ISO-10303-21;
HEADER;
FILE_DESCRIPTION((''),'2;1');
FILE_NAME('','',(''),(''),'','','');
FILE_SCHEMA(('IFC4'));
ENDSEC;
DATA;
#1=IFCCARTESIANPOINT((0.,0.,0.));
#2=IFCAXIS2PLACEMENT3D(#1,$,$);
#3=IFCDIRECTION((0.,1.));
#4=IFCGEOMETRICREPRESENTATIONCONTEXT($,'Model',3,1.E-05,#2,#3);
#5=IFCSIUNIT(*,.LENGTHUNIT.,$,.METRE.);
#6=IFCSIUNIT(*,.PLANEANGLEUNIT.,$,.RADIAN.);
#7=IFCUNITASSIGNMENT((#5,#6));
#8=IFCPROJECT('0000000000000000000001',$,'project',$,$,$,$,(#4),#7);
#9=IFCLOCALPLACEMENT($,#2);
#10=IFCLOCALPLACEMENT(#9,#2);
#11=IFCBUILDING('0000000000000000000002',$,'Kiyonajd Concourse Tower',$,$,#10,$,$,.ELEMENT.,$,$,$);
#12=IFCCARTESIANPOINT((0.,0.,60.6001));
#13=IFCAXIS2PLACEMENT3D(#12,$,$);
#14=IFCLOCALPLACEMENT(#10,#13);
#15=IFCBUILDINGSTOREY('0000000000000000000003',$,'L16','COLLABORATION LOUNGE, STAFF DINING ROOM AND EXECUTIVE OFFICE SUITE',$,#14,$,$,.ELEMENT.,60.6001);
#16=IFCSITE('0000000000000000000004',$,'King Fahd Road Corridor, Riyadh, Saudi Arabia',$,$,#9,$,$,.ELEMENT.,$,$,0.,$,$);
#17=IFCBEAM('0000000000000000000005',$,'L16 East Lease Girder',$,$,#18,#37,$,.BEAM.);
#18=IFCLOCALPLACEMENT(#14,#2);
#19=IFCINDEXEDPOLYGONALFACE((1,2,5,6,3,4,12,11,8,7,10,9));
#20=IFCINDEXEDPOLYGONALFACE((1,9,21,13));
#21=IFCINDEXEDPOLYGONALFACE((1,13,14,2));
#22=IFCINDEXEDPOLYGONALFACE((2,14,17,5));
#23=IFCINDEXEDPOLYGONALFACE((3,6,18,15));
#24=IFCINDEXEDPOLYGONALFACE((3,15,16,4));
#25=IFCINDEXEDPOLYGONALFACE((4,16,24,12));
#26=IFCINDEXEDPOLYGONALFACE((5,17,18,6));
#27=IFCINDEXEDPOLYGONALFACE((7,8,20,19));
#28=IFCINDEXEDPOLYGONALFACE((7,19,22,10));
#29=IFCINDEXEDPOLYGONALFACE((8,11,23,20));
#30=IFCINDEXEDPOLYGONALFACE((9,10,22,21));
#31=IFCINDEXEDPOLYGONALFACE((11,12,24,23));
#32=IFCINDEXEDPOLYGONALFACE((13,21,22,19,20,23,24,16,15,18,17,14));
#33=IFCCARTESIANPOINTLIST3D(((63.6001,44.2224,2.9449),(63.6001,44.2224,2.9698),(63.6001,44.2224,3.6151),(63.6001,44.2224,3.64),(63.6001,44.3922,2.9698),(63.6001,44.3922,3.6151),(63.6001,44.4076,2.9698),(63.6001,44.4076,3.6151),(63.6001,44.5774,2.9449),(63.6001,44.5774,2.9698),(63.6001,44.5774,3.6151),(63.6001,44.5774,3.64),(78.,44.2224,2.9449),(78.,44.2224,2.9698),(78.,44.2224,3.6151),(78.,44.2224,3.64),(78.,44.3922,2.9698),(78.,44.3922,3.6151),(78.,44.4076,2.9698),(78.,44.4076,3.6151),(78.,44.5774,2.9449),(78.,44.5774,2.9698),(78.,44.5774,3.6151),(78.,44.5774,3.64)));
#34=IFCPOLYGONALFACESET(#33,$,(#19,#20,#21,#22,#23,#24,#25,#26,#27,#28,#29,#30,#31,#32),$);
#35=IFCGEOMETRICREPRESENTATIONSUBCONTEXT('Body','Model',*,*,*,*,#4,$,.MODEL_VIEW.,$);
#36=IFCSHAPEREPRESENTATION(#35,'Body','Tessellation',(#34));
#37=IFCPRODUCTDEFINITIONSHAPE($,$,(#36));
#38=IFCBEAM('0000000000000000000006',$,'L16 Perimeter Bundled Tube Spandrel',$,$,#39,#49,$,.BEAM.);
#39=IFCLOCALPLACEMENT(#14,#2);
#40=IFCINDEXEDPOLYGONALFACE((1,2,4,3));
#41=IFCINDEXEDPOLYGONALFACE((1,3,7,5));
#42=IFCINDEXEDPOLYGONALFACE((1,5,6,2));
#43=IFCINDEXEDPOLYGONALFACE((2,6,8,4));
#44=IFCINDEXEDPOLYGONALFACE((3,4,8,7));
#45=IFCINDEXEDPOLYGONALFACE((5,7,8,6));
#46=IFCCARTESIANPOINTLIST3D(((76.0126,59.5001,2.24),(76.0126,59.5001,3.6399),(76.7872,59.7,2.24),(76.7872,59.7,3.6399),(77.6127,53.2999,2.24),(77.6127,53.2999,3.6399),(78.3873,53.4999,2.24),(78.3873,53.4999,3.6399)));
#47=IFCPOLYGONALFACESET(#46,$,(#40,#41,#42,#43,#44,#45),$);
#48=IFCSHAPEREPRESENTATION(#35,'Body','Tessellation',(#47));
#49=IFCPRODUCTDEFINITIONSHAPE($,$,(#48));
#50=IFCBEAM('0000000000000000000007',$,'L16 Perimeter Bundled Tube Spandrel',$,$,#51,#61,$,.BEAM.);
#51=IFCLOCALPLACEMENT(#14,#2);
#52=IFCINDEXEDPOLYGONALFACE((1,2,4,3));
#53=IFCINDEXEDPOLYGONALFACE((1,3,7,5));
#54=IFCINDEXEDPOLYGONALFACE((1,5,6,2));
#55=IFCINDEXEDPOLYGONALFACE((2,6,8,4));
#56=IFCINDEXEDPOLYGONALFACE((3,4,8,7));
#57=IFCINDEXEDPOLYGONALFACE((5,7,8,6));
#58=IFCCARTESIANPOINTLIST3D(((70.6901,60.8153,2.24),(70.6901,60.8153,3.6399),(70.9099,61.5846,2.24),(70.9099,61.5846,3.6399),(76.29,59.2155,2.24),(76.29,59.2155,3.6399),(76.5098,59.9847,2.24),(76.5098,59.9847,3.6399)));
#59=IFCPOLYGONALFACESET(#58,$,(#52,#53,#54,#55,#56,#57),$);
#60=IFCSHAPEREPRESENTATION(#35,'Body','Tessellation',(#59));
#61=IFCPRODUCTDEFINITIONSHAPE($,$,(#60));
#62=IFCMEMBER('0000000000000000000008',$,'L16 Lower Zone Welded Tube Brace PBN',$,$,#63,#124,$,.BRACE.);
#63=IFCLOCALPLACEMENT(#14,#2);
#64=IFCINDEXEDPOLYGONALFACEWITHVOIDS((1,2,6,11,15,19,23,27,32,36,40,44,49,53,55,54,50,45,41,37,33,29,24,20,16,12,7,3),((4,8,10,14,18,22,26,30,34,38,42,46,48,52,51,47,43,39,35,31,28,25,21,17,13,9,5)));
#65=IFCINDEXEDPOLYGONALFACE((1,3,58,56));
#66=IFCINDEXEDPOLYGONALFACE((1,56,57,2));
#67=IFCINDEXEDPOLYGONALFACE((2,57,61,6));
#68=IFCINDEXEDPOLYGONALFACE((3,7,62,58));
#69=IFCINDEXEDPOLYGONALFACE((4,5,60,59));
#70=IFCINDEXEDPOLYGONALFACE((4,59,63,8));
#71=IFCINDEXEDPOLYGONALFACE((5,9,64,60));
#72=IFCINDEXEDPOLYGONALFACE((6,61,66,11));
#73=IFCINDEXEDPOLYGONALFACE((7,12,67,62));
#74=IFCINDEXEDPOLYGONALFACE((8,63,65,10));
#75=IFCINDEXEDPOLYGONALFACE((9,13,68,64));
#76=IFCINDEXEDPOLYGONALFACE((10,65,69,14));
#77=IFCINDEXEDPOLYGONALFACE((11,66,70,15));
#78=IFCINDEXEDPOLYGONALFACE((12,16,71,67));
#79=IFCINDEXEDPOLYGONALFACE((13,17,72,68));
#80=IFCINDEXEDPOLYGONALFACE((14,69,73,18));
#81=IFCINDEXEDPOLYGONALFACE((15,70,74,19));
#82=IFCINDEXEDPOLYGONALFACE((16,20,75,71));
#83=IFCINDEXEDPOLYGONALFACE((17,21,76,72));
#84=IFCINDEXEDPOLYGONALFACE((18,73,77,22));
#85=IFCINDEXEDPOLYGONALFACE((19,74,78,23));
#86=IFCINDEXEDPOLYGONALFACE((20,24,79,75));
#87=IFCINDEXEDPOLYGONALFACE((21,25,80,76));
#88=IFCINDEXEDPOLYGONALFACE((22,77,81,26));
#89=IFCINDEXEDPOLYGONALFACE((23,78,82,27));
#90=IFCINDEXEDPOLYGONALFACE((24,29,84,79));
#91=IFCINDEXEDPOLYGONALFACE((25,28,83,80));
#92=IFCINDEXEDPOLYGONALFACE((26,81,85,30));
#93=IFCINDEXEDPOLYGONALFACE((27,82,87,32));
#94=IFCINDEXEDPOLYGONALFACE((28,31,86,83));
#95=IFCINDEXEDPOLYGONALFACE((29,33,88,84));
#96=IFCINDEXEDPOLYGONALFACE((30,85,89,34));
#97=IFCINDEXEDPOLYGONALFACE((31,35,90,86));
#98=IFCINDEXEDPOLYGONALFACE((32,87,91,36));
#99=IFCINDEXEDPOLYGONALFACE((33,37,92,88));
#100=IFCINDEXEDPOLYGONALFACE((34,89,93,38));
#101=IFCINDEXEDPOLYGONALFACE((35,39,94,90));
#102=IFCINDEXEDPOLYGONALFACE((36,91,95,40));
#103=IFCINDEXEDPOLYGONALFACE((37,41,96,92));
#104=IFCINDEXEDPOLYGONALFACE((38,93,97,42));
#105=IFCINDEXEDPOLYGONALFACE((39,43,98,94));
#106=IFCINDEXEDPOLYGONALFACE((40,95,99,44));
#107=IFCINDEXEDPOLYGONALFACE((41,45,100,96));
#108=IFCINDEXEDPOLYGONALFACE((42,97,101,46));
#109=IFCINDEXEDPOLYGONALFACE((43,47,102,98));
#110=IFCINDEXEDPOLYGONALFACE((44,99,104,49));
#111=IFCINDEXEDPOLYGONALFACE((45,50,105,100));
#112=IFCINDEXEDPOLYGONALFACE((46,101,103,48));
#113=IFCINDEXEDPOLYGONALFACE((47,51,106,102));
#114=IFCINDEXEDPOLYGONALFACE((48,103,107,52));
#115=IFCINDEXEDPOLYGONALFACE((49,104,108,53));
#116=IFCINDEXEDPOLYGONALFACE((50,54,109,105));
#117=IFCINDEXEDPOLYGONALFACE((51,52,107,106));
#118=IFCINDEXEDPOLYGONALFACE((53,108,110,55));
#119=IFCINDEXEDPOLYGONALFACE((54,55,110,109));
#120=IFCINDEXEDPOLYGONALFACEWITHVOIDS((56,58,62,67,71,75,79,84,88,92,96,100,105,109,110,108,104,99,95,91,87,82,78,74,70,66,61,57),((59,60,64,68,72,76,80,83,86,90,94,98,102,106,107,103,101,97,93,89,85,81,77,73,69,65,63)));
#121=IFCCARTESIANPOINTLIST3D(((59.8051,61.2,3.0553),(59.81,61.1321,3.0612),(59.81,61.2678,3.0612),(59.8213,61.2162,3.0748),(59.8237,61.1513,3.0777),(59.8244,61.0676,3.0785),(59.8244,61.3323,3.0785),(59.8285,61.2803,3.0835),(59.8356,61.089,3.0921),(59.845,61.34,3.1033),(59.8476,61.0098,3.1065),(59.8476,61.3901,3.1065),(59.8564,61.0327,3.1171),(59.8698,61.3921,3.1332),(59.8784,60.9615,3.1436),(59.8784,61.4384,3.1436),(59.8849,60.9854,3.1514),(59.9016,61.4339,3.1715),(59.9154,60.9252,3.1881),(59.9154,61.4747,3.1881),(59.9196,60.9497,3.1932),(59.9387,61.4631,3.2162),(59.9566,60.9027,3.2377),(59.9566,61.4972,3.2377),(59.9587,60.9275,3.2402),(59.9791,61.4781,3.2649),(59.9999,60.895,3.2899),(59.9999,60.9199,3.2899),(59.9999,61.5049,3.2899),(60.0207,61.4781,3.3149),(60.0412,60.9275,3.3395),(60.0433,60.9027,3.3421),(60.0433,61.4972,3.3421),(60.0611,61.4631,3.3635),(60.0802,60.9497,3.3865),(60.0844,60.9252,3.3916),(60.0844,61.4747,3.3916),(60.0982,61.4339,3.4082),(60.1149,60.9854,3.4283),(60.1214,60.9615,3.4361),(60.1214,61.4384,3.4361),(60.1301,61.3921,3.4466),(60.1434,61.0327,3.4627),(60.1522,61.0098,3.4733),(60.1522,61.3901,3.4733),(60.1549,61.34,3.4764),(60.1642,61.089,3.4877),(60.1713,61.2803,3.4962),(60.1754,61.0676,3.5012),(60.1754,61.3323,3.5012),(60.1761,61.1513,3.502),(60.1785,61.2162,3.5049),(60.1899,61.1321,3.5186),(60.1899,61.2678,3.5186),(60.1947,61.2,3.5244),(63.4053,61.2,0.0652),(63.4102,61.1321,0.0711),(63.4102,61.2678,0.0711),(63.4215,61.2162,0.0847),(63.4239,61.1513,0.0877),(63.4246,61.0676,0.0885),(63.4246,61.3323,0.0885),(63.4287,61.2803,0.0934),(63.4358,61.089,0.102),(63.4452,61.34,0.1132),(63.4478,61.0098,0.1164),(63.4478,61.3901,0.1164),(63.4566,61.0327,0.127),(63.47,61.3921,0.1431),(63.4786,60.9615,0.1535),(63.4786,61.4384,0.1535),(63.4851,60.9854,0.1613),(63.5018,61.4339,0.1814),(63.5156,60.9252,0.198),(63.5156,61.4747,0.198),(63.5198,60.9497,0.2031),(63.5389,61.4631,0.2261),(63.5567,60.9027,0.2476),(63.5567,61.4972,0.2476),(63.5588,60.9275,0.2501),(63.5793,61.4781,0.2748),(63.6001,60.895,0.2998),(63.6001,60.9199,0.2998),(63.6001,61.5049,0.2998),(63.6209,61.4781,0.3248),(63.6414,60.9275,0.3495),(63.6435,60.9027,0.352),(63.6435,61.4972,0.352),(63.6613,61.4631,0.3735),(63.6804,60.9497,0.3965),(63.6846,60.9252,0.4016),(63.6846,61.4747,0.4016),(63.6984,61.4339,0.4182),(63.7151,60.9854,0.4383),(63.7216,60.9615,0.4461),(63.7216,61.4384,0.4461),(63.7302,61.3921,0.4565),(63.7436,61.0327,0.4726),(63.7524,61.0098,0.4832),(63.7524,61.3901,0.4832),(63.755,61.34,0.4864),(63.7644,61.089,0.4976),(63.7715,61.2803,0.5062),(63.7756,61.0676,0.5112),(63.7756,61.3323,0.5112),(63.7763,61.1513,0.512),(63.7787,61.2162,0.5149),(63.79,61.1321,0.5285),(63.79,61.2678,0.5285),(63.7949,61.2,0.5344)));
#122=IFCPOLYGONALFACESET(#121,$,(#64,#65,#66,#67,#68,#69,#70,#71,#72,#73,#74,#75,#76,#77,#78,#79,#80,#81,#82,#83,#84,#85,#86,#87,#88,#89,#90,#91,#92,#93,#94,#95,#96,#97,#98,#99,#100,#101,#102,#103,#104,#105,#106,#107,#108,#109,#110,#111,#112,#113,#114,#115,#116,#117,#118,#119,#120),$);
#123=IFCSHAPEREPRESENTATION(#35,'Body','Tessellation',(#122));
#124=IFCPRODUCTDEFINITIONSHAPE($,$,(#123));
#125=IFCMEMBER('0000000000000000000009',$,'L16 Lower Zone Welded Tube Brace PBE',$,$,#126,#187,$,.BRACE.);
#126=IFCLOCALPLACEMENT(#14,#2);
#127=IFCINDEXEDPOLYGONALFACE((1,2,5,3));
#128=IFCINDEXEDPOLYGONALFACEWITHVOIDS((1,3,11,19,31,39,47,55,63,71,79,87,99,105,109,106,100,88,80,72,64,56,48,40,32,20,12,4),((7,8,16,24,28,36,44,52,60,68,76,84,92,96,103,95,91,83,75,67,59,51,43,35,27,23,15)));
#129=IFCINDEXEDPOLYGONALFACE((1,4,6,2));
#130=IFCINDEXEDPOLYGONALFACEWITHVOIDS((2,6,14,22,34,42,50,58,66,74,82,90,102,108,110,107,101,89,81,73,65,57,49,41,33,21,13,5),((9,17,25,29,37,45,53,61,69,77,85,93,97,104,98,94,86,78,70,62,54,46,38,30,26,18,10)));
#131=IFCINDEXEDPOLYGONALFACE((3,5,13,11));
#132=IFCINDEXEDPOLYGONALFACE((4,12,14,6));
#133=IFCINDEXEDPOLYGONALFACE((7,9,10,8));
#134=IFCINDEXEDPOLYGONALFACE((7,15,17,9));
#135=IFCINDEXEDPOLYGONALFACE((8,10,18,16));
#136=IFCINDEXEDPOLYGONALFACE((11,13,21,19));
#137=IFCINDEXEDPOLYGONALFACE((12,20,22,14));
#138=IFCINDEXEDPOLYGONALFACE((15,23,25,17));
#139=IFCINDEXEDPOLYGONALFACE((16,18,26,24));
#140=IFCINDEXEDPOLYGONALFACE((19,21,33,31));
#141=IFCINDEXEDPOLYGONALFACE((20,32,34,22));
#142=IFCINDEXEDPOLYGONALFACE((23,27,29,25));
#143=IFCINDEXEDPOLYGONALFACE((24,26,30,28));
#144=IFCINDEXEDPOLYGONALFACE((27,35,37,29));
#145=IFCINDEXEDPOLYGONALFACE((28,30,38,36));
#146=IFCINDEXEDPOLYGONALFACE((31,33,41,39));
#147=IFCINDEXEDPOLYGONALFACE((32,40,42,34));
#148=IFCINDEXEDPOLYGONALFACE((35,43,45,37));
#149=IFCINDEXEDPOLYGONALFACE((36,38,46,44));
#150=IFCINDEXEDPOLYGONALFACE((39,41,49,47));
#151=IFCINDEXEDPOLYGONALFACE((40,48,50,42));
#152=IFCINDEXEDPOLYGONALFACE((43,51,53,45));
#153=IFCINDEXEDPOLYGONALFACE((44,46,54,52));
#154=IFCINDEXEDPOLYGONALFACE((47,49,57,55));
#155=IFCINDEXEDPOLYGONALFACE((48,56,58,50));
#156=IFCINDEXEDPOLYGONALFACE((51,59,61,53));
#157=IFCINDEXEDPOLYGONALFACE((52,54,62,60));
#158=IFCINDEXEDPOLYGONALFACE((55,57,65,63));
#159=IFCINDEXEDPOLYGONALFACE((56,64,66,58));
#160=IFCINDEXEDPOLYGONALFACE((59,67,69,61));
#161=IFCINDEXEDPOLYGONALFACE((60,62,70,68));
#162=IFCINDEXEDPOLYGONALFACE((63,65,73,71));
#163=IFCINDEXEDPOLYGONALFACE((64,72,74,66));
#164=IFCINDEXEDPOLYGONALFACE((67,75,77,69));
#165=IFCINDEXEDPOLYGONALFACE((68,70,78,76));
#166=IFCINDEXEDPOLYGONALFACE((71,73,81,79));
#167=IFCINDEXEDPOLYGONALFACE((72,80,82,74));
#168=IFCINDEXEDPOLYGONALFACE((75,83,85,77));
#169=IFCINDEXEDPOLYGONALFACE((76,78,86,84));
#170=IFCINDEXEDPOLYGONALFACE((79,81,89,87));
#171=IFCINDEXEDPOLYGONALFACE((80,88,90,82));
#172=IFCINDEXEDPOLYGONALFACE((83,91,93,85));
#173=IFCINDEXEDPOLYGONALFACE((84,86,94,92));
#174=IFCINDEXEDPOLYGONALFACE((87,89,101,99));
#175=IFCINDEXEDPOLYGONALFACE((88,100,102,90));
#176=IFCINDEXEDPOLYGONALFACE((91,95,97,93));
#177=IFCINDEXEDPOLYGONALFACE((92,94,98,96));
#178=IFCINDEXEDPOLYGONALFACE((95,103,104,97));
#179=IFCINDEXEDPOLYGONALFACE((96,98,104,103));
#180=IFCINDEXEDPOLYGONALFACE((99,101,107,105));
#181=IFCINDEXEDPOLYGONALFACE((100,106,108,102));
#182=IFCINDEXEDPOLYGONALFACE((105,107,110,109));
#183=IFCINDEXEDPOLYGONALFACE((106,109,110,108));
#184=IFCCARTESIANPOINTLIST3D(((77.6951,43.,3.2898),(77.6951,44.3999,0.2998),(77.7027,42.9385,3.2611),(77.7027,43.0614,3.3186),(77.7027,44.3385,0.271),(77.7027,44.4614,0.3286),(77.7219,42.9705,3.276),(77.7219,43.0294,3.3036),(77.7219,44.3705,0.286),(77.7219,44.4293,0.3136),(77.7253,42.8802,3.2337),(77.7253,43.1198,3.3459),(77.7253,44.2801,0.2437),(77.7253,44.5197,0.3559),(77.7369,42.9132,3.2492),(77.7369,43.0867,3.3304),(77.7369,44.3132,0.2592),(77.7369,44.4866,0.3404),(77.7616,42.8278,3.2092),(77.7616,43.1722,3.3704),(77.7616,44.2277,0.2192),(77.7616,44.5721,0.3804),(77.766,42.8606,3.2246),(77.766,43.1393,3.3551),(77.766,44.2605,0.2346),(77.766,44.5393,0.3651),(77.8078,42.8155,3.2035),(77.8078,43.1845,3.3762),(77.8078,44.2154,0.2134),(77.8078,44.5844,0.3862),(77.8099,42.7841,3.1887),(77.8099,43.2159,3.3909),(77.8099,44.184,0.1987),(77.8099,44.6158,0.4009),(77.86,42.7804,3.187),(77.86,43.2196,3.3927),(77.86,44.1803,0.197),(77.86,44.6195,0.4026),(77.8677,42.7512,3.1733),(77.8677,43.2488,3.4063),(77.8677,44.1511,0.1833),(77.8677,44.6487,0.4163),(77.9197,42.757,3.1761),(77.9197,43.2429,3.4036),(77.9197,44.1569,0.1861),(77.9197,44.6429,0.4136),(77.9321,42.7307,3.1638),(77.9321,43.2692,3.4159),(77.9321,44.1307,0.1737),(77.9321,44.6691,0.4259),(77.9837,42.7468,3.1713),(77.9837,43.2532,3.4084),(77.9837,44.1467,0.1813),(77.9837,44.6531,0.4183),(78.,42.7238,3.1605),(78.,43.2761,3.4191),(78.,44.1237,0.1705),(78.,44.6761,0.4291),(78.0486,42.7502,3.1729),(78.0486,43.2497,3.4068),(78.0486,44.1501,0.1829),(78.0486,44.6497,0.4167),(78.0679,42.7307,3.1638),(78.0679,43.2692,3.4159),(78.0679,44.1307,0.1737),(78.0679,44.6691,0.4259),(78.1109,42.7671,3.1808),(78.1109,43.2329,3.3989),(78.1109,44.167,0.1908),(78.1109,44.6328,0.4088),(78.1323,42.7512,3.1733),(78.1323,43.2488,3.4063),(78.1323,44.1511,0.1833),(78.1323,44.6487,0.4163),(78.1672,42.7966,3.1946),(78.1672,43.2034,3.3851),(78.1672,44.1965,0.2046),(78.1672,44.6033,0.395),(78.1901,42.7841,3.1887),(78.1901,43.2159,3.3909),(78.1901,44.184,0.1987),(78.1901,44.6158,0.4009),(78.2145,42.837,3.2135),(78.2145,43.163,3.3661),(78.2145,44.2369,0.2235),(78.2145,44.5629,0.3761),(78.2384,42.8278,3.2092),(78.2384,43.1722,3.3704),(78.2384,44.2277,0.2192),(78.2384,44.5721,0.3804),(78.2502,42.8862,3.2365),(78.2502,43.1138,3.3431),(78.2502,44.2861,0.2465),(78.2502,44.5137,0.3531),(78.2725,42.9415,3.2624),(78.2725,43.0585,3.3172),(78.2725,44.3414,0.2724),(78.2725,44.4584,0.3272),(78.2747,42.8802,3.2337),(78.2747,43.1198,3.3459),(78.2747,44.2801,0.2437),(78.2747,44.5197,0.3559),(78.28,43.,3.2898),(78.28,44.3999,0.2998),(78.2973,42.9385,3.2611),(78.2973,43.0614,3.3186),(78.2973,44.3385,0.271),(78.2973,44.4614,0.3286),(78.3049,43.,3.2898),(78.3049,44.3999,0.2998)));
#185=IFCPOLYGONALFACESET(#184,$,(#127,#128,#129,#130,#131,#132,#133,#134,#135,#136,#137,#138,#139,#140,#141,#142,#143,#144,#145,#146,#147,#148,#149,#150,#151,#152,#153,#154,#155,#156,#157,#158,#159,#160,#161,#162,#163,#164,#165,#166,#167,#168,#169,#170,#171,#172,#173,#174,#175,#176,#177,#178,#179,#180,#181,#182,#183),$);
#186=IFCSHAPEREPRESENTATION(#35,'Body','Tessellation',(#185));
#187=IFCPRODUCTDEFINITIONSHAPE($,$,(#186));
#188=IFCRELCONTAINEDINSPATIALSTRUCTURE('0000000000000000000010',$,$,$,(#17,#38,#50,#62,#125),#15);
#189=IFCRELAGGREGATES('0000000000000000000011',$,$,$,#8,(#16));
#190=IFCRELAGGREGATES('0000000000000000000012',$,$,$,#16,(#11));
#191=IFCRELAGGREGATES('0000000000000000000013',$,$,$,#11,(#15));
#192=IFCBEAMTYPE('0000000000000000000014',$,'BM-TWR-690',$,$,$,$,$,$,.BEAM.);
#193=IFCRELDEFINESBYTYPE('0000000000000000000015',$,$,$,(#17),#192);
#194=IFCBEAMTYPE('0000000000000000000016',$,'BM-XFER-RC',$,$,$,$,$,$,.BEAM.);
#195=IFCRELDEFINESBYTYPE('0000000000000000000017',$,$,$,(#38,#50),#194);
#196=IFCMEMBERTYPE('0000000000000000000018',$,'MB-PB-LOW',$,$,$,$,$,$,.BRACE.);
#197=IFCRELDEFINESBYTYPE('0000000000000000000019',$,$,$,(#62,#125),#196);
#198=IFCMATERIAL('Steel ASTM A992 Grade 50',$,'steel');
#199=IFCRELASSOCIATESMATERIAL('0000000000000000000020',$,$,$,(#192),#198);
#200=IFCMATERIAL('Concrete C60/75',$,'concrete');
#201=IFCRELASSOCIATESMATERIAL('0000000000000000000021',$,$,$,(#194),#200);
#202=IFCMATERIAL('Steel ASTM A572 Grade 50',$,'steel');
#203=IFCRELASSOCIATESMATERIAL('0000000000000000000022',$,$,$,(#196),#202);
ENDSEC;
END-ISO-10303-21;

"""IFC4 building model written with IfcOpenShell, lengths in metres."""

from ifc_helpers import new_model, si_unit, direction, frame, origin, origin_2d, place, context, subcontext, project, spatial, rectangle, hollow_circle, i_section, extrude, material, material_profile, profile_set, type_object, element, save


model = new_model("IFC4")

# Units and contexts
model_context = context("Model", 3, precision=1e-05, world=origin(), true_north=direction((0.0, 1.0)))
body_context = subcontext(model_context, "Body", "Model", "MODEL_VIEW")
ifc_project = project(units=[si_unit("LENGTHUNIT", "METRE"), si_unit("PLANEANGLEUNIT", "RADIAN")], contexts=[model_context])

# Site, building, storey
site_placement = place(None, origin())
site = spatial("IfcSite", under=ifc_project, at=site_placement, Name="King Fahd Road Corridor, Riyadh, Saudi Arabia", CompositionType="ELEMENT", RefElevation=0.0)
building_placement = place(site_placement, origin())
building = spatial("IfcBuilding", under=site, at=building_placement, Name="Kiyonajd Concourse Tower", CompositionType="ELEMENT")
storey_placement = place(building_placement, frame((0.0, 0.0, 60.6001)))
storey = spatial("IfcBuildingStorey", under=building, at=storey_placement, Name="L16", Description="COLLABORATION LOUNGE, STAFF DINING ROOM AND EXECUTIVE OFFICE SUITE", CompositionType="ELEMENT", Elevation=60.6001)

# Beams
ifc_material_1 = material(Name="Steel ASTM A992 Grade 50", Category="steel")
ifc_material_profile_1 = material_profile(ifc_material_1, i_section(OverallWidth=0.355, OverallDepth=0.6951, WebThickness=0.0154, FlangeThickness=0.0249, at=origin_2d()), Name="W690X217")
ifc_profile_set_1 = profile_set([ifc_material_profile_1], Name="Steel ASTM A992 Grade 50")
beam_type_1 = type_object("IfcBeamType", Name="BM-TWR-690", PredefinedType="BEAM", material=ifc_profile_set_1)
beam_1_placement = place(storey_placement, frame((63.6001, 44.3999, 3.2925), z_axis=(1.0, 0.0, 0.0), x_axis=(0.0, 1.0, 0.0)))
element("IfcBeam", 1, at=beam_1_placement, inside=storey, type_object=beam_type_1, Name="L16 East Lease Girder", PredefinedType="BEAM", context=body_context, shape_type="SweptSolid", body=[
    extrude(i_section(OverallWidth=0.355, OverallDepth=0.6951, WebThickness=0.0154, FlangeThickness=0.0249, at=origin_2d()), origin(), (0.0, 0.0, 1.0), 14.3999),
])
ifc_material_2 = material(Name="Concrete C60/75", Category="concrete")
ifc_material_profile_2 = material_profile(ifc_material_2, rectangle(XDim=0.8, YDim=1.3999, at=origin_2d()), Name="RCBM-800x1400")
ifc_profile_set_2 = profile_set([ifc_material_profile_2], Name="Concrete C60/75")
beam_type_2 = type_object("IfcBeamType", Name="BM-XFER-RC", PredefinedType="BEAM", material=ifc_profile_set_2)
beam_2_placement = place(storey_placement, frame((78.0, 53.3999, 2.9399), z_axis=(-0.249885, 0.968276, 0.0), x_axis=(-0.968276, -0.249885, 0.0)))
element("IfcBeam", 2, at=beam_2_placement, inside=storey, type_object=beam_type_2, Name="L16 Perimeter Bundled Tube Spandrel", PredefinedType="BEAM", context=body_context, shape_type="SweptSolid", body=[
    extrude(rectangle(XDim=0.8, YDim=1.3999, at=origin_2d()), origin(), (0.0, 0.0, 1.0), 6.4033),
])
beam_3_placement = place(storey_placement, frame((76.3999, 59.6001, 2.9399), z_axis=(-0.961529, 0.274705, 0.0), x_axis=(-0.274705, -0.961529, 0.0)))
element("IfcBeam", 3, at=beam_3_placement, inside=storey, type_object=beam_type_2, Name="L16 Perimeter Bundled Tube Spandrel", PredefinedType="BEAM", context=body_context, shape_type="SweptSolid", body=[
    extrude(rectangle(XDim=0.8, YDim=1.3999, at=origin_2d()), origin(), (0.0, 0.0, 1.0), 5.824),
])

# Members
ifc_material_3 = material(Name="Steel ASTM A572 Grade 50", Category="steel")
ifc_material_profile_3 = material_profile(ifc_material_3, hollow_circle(Radius=0.3049, WallThickness=0.0249, at=origin_2d()), Name="CHS-610x25")
ifc_profile_set_3 = profile_set([ifc_material_profile_3], Name="Steel ASTM A572 Grade 50")
member_type = type_object("IfcMemberType", Name="MB-PB-LOW", PredefinedType="BRACE", material=ifc_profile_set_3)
member_1_placement = place(storey_placement, frame((63.6001, 61.2, 0.2998), z_axis=(-0.769281, 0.0, 0.638911), x_axis=(0.0, -1.0, 0.0)))
element("IfcMember", 4, at=member_1_placement, inside=storey, type_object=member_type, Name="L16 Lower Zone Welded Tube Brace PBN", PredefinedType="BRACE", context=body_context, shape_type="SweptSolid", body=[
    extrude(hollow_circle(Radius=0.3049, WallThickness=0.0249, at=origin_2d()), origin(), (0.0, 0.0, 1.0), 4.6799),
])
member_2_placement = place(storey_placement, frame((78.0, 44.3999, 0.2998), z_axis=(0.0, -0.424023, 0.905652), x_axis=(1.0, 0.0, 0.0)))
element("IfcMember", 5, at=member_2_placement, inside=storey, type_object=member_type, Name="L16 Lower Zone Welded Tube Brace PBE", PredefinedType="BRACE", context=body_context, shape_type="SweptSolid", body=[
    extrude(hollow_circle(Radius=0.3049, WallThickness=0.0249, at=origin_2d()), origin(), (0.0, 0.0, 1.0), 3.3015),
])

save(model, "model.ifc")
